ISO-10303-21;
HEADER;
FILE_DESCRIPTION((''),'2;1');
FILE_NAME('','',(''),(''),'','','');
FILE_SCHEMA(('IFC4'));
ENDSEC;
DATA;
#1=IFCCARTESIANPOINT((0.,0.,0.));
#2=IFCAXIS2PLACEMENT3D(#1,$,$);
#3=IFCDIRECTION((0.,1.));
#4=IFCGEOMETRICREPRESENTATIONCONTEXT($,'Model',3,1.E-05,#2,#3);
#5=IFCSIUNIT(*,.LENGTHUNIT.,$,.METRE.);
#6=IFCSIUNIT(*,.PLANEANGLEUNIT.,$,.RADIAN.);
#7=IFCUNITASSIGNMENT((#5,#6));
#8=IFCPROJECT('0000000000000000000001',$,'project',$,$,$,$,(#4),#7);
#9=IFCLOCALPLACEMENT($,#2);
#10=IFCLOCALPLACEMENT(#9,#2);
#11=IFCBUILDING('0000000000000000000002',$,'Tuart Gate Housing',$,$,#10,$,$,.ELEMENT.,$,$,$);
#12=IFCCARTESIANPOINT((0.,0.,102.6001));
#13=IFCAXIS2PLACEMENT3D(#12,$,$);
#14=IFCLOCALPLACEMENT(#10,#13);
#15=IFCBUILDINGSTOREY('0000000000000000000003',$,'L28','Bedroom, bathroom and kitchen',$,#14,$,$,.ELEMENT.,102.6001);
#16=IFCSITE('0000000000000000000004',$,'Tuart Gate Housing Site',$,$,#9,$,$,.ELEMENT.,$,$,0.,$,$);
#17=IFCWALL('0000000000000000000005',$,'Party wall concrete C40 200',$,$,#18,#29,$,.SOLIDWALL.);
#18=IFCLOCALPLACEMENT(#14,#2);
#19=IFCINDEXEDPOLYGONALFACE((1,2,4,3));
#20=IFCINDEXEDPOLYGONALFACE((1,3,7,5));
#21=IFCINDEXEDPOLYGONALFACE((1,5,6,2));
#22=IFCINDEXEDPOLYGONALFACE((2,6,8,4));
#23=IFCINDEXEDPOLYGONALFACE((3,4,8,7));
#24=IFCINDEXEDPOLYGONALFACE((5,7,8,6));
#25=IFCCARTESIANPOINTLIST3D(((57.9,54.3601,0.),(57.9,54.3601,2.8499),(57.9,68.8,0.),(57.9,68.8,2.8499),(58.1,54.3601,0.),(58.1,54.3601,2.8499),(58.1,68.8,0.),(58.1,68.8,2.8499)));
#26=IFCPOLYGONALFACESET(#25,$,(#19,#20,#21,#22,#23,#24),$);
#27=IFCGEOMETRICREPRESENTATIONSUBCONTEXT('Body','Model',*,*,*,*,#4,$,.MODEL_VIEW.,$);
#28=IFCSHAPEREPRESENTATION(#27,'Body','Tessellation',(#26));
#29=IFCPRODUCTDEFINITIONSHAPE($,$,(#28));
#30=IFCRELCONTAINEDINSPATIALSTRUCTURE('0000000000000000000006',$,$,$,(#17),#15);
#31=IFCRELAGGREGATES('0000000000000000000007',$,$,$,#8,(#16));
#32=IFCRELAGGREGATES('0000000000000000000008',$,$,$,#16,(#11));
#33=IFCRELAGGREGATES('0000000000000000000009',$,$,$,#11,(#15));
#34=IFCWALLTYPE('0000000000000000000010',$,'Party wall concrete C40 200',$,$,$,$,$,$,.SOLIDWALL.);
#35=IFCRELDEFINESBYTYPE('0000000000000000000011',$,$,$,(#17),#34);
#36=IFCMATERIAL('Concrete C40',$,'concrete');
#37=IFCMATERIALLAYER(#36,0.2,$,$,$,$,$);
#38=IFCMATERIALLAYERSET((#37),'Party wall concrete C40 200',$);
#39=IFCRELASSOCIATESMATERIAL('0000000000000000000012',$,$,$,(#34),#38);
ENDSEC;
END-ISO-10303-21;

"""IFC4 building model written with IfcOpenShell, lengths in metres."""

from ifc_helpers import new_model, si_unit, direction, frame, frame_2d, origin, place, context, subcontext, project, spatial, rectangle, extrude, material, layer, layer_set, type_object, element, save


model = new_model("IFC4")

# Units and contexts
model_context = context("Model", 3, precision=1e-05, world=origin(), true_north=direction((0.0, 1.0)))
body_context = subcontext(model_context, "Body", "Model", "MODEL_VIEW")
ifc_project = project(units=[si_unit("LENGTHUNIT", "METRE"), si_unit("PLANEANGLEUNIT", "RADIAN")], contexts=[model_context])

# Site, building, storey
site_placement = place(None, origin())
site = spatial("IfcSite", under=ifc_project, at=site_placement, Name="Tuart Gate Housing Site", CompositionType="ELEMENT", RefElevation=0.0)
building_placement = place(site_placement, origin())
building = spatial("IfcBuilding", under=site, at=building_placement, Name="Tuart Gate Housing", CompositionType="ELEMENT")
storey_placement = place(building_placement, frame((0.0, 0.0, 102.6001)))
storey = spatial("IfcBuildingStorey", under=building, at=storey_placement, Name="L28", Description="Bedroom, bathroom and kitchen", CompositionType="ELEMENT", Elevation=102.6001)

# Wall
ifc_material_1 = material(Name="Concrete C40", Category="concrete")
ifc_layer_1 = layer(ifc_material_1, 0.2)
ifc_layer_set_1 = layer_set([ifc_layer_1], Name="Party wall concrete C40 200")
wall_type_1 = type_object("IfcWallType", Name="Party wall concrete C40 200", PredefinedType="SOLIDWALL", material=ifc_layer_set_1)
for number, where, z_axis, x_axis, name in (
    (1, (58.0, 54.3601, 0.0), (0.0, 0.0, 1.0), (0.0, 1.0, 0.0), "Party wall concrete C40 200"),
):
    element("IfcWall", number, at=place(storey_placement, frame(where, z_axis=z_axis, x_axis=x_axis)), inside=storey, type_object=wall_type_1, Name=name, PredefinedType="SOLIDWALL", context=body_context, shape_type="SweptSolid", body=[
        extrude(rectangle(XDim=14.4399, YDim=0.2, at=frame_2d((7.22, 0.0))), origin(), (0.0, 0.0, 1.0), 2.8499),
    ])

save(model, "model.ifc")
